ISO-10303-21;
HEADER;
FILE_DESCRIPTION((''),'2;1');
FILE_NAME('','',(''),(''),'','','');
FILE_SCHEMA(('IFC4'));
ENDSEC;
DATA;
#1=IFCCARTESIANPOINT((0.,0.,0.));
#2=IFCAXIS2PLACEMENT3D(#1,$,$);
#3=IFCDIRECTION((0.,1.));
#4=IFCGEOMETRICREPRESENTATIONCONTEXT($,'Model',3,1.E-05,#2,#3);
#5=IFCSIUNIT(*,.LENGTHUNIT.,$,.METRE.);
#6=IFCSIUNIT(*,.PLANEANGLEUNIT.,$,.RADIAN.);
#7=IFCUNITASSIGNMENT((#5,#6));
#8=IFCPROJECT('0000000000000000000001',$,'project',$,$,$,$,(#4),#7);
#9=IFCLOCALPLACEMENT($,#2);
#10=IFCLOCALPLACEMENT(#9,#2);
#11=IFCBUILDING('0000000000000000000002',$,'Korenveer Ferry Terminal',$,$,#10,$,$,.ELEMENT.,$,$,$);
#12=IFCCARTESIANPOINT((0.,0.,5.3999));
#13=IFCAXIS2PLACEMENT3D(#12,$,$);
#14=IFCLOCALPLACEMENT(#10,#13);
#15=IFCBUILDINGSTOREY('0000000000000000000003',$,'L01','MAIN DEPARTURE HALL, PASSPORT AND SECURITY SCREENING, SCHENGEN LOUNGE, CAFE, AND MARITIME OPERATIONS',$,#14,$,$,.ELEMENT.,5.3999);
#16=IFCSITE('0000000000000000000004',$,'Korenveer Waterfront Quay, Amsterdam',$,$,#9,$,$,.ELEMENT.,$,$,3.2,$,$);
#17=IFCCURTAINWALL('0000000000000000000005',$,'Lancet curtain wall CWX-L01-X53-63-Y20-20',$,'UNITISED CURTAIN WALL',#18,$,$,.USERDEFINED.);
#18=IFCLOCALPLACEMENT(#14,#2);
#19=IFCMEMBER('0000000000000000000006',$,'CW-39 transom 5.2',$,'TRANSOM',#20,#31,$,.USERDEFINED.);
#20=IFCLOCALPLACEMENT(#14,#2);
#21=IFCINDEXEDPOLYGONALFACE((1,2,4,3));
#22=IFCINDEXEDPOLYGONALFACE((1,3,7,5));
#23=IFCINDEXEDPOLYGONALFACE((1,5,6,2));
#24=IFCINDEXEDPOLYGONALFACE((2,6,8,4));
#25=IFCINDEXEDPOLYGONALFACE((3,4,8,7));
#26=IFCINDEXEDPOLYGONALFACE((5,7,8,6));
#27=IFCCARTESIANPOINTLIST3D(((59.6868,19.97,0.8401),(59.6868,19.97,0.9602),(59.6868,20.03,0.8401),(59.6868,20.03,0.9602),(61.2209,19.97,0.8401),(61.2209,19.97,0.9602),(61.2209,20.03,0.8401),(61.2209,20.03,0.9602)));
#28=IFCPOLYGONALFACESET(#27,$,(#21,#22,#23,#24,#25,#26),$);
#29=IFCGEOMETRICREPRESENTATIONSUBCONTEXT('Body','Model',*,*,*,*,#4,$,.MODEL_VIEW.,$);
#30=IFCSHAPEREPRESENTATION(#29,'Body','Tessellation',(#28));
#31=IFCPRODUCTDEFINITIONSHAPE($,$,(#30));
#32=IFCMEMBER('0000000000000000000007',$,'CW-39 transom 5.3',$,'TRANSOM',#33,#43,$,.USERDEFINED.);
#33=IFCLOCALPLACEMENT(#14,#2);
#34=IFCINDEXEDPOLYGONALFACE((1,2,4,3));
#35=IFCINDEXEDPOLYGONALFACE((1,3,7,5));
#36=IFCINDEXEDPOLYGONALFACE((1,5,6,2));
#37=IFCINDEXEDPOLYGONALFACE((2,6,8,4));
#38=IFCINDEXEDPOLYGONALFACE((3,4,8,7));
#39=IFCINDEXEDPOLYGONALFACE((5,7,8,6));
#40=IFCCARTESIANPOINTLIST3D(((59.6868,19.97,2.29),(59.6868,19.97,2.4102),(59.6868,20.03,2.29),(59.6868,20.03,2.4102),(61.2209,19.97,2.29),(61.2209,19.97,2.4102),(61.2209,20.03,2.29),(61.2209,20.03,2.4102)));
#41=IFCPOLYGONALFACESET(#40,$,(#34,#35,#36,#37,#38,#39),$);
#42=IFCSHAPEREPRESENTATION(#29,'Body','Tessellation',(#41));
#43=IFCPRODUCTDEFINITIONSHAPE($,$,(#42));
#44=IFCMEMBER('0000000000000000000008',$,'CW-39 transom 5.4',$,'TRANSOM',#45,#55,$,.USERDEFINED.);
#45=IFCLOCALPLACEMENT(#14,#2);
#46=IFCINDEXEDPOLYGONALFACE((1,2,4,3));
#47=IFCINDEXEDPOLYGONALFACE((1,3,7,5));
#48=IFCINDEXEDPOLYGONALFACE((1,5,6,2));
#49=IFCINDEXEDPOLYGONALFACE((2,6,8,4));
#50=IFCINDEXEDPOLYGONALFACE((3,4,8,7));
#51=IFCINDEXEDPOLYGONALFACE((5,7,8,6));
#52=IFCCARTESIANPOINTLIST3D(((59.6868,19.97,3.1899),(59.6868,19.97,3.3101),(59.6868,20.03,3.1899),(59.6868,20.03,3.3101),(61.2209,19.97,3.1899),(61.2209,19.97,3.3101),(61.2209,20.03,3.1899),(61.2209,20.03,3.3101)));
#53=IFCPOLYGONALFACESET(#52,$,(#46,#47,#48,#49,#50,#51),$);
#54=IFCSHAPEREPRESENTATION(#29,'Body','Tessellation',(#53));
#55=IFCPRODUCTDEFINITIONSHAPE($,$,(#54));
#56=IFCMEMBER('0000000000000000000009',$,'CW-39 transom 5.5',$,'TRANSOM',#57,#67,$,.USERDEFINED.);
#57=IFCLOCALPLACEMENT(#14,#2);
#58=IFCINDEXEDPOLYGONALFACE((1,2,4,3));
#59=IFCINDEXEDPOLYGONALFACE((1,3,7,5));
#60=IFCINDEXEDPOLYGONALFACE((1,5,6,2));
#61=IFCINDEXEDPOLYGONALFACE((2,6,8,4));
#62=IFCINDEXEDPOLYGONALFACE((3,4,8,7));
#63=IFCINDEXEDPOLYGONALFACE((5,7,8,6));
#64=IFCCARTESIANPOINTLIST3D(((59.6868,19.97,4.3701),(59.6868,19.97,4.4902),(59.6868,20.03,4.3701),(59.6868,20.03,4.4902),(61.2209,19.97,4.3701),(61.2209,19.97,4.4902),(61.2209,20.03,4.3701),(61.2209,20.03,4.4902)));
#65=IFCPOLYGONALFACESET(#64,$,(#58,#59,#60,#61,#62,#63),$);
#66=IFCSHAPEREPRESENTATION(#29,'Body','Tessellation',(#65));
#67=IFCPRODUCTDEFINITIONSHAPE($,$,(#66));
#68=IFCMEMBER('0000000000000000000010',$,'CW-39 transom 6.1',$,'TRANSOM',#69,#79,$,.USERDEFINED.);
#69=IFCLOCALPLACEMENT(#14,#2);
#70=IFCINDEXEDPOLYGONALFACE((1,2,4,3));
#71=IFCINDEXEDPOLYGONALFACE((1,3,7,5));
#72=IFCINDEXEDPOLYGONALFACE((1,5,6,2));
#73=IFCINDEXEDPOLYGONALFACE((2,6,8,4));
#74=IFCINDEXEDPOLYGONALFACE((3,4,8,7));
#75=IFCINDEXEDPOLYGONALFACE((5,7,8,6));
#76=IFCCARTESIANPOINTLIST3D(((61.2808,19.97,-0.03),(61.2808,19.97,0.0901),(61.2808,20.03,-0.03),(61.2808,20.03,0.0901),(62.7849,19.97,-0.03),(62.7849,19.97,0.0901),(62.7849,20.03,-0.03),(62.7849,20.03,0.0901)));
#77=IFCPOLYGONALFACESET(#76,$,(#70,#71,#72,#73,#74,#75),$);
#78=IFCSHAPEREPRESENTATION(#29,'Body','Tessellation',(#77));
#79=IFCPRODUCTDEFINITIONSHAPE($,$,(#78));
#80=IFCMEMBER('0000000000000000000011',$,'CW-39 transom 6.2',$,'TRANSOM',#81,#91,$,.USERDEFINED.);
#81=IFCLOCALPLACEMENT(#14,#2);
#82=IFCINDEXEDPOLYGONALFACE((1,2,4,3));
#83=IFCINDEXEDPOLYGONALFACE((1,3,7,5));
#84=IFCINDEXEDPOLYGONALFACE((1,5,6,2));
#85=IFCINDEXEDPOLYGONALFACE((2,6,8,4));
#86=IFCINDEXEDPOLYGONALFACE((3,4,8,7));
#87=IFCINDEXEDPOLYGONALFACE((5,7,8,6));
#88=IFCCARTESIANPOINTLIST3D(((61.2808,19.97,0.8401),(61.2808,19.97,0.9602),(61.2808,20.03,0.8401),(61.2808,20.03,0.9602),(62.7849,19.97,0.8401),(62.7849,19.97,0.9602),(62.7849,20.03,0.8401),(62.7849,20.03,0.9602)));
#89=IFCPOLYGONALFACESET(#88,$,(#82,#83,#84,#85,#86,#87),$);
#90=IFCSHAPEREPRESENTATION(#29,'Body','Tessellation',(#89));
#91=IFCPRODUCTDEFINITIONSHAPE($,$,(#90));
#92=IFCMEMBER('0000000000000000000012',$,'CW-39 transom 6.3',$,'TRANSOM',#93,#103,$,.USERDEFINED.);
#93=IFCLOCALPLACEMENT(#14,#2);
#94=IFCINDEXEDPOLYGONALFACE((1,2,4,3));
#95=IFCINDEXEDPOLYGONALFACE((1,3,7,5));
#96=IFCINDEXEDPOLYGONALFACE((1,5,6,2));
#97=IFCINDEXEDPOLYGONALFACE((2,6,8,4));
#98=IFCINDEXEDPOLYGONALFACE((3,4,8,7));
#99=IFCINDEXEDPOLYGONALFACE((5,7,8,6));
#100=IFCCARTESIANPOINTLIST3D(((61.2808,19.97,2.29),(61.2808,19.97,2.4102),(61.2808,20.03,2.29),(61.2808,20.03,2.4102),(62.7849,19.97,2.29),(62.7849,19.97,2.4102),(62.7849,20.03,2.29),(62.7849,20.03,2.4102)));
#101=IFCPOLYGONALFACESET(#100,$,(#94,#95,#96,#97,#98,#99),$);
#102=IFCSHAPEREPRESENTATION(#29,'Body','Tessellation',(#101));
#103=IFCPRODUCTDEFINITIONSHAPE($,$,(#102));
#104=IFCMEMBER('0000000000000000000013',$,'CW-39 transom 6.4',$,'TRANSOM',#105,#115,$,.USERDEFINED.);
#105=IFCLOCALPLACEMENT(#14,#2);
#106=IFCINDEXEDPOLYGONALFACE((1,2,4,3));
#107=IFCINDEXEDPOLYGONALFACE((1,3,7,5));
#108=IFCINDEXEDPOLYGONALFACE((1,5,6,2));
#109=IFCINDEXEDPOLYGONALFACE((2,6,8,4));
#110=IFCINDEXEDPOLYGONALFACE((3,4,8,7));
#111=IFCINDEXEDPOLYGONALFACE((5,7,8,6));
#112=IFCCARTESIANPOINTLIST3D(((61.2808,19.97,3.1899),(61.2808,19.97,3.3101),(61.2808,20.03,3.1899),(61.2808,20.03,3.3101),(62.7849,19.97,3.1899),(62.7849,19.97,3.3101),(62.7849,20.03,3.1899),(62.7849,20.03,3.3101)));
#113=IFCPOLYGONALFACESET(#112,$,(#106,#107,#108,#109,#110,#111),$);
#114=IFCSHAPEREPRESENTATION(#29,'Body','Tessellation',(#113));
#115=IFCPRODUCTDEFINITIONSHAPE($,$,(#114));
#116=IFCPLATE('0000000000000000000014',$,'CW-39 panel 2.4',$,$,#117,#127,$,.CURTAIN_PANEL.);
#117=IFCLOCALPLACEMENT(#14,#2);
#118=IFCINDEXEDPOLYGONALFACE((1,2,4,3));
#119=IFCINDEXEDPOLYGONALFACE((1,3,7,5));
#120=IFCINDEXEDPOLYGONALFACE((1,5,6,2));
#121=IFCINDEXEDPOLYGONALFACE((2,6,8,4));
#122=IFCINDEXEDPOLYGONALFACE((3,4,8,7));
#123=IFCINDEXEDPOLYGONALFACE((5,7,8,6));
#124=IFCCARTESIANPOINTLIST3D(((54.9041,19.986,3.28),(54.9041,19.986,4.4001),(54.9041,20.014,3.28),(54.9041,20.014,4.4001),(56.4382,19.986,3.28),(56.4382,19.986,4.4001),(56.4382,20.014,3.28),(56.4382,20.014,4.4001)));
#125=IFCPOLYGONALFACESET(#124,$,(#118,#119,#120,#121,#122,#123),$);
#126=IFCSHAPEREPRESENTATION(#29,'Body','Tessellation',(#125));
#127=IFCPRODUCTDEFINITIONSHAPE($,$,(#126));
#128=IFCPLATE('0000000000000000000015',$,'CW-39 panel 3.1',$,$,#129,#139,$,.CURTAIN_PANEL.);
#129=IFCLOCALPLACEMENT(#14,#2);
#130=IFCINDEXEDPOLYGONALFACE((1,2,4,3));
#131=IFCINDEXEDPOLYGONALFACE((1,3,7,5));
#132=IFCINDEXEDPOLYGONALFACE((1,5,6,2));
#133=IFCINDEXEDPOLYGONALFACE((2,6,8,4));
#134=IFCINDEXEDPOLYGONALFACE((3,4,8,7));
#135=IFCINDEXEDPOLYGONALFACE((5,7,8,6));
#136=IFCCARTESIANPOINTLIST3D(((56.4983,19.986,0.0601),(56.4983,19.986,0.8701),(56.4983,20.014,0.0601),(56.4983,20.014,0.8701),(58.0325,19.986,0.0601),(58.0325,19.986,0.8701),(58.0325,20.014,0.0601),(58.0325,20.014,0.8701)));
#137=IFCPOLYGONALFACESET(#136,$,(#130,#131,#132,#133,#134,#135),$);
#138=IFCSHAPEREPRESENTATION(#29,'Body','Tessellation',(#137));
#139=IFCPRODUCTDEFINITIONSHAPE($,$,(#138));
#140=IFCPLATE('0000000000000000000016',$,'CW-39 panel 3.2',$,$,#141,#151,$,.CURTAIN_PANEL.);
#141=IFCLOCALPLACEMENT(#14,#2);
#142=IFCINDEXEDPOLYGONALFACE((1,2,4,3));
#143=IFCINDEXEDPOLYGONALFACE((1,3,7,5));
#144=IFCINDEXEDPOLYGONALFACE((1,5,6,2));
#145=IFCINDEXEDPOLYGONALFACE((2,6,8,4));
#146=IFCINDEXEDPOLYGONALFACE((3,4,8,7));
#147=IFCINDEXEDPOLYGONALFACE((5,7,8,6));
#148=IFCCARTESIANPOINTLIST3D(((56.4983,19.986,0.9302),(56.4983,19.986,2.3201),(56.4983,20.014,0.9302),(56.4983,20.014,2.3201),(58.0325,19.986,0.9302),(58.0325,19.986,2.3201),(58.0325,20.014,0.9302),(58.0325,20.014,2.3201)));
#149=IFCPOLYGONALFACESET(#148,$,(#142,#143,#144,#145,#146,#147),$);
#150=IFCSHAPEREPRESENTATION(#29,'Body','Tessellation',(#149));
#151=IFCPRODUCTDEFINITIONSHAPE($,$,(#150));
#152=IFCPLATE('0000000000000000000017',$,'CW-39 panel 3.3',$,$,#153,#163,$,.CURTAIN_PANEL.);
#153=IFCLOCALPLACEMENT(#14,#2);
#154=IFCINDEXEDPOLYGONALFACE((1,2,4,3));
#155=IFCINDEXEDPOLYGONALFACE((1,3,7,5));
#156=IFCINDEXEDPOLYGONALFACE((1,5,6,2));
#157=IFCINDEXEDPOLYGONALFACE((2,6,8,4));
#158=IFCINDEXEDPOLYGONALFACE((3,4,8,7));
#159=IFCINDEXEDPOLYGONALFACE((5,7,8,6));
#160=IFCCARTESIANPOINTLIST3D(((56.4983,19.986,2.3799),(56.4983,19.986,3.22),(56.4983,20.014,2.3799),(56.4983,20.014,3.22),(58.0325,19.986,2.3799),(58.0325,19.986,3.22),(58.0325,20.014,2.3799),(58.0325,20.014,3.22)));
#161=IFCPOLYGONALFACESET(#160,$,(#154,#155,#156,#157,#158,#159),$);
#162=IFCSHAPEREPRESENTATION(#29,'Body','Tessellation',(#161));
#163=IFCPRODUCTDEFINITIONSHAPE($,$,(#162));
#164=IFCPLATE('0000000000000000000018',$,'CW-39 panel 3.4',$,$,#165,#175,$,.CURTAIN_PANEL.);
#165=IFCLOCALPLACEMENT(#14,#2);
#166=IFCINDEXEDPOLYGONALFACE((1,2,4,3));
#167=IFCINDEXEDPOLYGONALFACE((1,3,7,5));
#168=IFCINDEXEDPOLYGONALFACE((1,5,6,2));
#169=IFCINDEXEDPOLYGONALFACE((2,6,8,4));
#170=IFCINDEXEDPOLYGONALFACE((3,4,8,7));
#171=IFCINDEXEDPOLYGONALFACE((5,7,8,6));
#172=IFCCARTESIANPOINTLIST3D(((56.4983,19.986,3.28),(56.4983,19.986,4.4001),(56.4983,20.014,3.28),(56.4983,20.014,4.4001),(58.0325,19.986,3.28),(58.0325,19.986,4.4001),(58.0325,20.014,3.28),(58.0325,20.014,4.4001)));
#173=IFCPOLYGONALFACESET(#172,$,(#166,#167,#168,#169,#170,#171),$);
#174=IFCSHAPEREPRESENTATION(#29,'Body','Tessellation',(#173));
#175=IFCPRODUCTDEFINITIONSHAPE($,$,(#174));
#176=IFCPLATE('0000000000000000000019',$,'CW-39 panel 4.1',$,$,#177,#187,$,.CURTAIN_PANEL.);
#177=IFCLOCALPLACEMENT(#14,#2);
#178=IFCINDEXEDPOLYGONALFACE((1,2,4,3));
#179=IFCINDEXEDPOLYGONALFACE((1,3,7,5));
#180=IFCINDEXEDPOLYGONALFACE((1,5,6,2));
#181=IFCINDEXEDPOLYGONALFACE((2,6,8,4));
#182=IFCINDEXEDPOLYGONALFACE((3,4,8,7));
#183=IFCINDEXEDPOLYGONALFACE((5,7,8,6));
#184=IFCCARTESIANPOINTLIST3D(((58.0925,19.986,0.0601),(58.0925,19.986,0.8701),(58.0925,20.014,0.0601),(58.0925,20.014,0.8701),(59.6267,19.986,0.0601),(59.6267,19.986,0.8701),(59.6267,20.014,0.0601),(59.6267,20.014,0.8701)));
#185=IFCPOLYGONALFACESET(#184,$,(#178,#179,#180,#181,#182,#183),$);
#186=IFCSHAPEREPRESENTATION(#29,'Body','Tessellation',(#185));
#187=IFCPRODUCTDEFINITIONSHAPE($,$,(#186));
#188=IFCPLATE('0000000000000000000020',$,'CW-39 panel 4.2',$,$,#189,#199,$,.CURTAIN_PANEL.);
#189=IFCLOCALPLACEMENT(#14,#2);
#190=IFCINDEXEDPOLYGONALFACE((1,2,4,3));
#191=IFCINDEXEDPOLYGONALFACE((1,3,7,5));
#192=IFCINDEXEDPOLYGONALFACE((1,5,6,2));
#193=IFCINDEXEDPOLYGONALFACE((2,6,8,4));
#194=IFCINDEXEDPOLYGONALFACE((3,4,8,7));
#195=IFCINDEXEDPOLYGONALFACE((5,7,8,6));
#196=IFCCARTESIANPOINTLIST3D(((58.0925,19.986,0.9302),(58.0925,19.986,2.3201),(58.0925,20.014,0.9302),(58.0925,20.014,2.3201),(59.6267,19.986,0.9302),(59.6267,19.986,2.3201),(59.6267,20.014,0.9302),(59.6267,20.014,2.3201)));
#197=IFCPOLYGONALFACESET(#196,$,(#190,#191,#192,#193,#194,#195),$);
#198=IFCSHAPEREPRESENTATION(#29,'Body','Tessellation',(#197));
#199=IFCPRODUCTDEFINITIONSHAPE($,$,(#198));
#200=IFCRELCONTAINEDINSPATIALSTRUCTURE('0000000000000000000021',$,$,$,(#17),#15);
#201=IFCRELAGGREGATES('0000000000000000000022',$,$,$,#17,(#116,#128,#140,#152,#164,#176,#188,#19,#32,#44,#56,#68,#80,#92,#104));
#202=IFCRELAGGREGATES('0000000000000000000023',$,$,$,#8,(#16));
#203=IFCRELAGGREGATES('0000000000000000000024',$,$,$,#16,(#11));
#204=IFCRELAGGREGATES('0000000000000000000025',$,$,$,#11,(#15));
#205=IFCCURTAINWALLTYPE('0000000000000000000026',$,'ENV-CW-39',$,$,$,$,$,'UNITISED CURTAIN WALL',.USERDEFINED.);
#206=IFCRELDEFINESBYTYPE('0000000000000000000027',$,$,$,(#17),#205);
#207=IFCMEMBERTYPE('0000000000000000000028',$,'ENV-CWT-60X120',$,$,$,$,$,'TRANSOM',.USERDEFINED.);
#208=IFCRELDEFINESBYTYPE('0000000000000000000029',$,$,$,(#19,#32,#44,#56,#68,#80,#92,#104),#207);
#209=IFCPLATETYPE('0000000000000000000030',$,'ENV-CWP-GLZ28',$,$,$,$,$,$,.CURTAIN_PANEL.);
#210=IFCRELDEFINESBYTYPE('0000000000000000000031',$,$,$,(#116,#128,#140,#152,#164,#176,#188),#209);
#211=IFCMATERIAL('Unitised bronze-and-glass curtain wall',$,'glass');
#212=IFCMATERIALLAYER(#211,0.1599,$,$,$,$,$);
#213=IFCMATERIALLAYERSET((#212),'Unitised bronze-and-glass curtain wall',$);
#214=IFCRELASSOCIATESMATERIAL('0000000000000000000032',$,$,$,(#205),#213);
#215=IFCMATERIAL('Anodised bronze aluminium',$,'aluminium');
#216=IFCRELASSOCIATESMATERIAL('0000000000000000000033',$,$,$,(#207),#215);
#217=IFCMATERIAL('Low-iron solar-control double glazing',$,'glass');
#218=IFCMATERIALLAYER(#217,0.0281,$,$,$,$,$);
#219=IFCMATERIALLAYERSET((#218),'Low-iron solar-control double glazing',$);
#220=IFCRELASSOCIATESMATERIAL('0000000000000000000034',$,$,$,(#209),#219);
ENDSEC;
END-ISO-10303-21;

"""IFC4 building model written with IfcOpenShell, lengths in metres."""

from ifc_helpers import new_model, si_unit, direction, frame, origin, origin_2d, place, context, subcontext, project, spatial, rectangle, extrude, material, layer, layer_set, material_profile, profile_set, type_object, element, aggregate, save


model = new_model("IFC4")

# Units and contexts
model_context = context("Model", 3, precision=1e-05, world=origin(), true_north=direction((0.0, 1.0)))
body_context = subcontext(model_context, "Body", "Model", "MODEL_VIEW")
ifc_project = project(units=[si_unit("LENGTHUNIT", "METRE"), si_unit("PLANEANGLEUNIT", "RADIAN")], contexts=[model_context])

# Site, building, storey
site_placement = place(None, origin())
site = spatial("IfcSite", under=ifc_project, at=site_placement, Name="Korenveer Waterfront Quay, Amsterdam", CompositionType="ELEMENT", RefElevation=3.2)
building_placement = place(site_placement, origin())
building = spatial("IfcBuilding", under=site, at=building_placement, Name="Korenveer Ferry Terminal", CompositionType="ELEMENT")
storey_placement = place(building_placement, frame((0.0, 0.0, 5.3999)))
storey = spatial("IfcBuildingStorey", under=building, at=storey_placement, Name="L01", Description="MAIN DEPARTURE HALL, PASSPORT AND SECURITY SCREENING, SCHENGEN LOUNGE, CAFE, AND MARITIME OPERATIONS", CompositionType="ELEMENT", Elevation=5.3999)

# Curtain wall, members, plates
ifc_material_1 = material(Name="Unitised bronze-and-glass curtain wall", Category="glass")
ifc_layer_1 = layer(ifc_material_1, 0.1599)
ifc_layer_set_1 = layer_set([ifc_layer_1], Name="Unitised bronze-and-glass curtain wall")
curtain_wall_type = type_object("IfcCurtainWallType", Name="ENV-CW-39", ElementType="UNITISED CURTAIN WALL", PredefinedType="USERDEFINED", material=ifc_layer_set_1)
curtain_wall_placement = place(storey_placement, frame((53.28, 20.0, 0.0)))
curtain_wall = element("IfcCurtainWall", 1, at=curtain_wall_placement, inside=storey, type_object=curtain_wall_type, Name="Lancet curtain wall CWX-L01-X53-63-Y20-20", ObjectType="UNITISED CURTAIN WALL", PredefinedType="USERDEFINED")
ifc_material_2 = material(Name="Anodised bronze aluminium", Category="aluminium")
ifc_material_profile_1 = material_profile(ifc_material_2, rectangle(XDim=0.0601, YDim=0.1201, at=origin_2d()), Name="ALU 60x120")
ifc_profile_set_1 = profile_set([ifc_material_profile_1], Name="Anodised bronze aluminium")
member_type_1 = type_object("IfcMemberType", Name="ENV-CWT-60X120", ElementType="TRANSOM", PredefinedType="USERDEFINED", material=ifc_profile_set_1)
member_1_placement = place(storey_placement, frame((59.6868, 20.0, 0.9001), z_axis=(1.0, 0.0, 0.0), x_axis=(0.0, 1.0, 0.0)))
member_1 = element("IfcMember", 2, at=member_1_placement, type_object=member_type_1, Name="CW-39 transom 5.2", ObjectType="TRANSOM", PredefinedType="USERDEFINED", context=body_context, shape_type="SweptSolid", body=[
    extrude(rectangle(XDim=0.0601, YDim=0.1201, at=origin_2d()), origin(), (0.0, 0.0, 1.0), 1.5342),
])
member_2_placement = place(storey_placement, frame((59.6868, 20.0, 2.3501), z_axis=(1.0, 0.0, 0.0), x_axis=(0.0, 1.0, 0.0)))
member_2 = element("IfcMember", 3, at=member_2_placement, type_object=member_type_1, Name="CW-39 transom 5.3", ObjectType="TRANSOM", PredefinedType="USERDEFINED", context=body_context, shape_type="SweptSolid", body=[
    extrude(rectangle(XDim=0.0601, YDim=0.1201, at=origin_2d()), origin(), (0.0, 0.0, 1.0), 1.5342),
])
member_3_placement = place(storey_placement, frame((59.6868, 20.0, 3.25), z_axis=(1.0, 0.0, 0.0), x_axis=(0.0, 1.0, 0.0)))
member_3 = element("IfcMember", 4, at=member_3_placement, type_object=member_type_1, Name="CW-39 transom 5.4", ObjectType="TRANSOM", PredefinedType="USERDEFINED", context=body_context, shape_type="SweptSolid", body=[
    extrude(rectangle(XDim=0.0601, YDim=0.1201, at=origin_2d()), origin(), (0.0, 0.0, 1.0), 1.5342),
])
member_4_placement = place(storey_placement, frame((59.6868, 20.0, 4.4302), z_axis=(1.0, 0.0, 0.0), x_axis=(0.0, 1.0, 0.0)))
member_4 = element("IfcMember", 5, at=member_4_placement, type_object=member_type_1, Name="CW-39 transom 5.5", ObjectType="TRANSOM", PredefinedType="USERDEFINED", context=body_context, shape_type="SweptSolid", body=[
    extrude(rectangle(XDim=0.0601, YDim=0.1201, at=origin_2d()), origin(), (0.0, 0.0, 1.0), 1.5342),
])
member_5_placement = place(storey_placement, frame((61.2808, 20.0, 0.03), z_axis=(1.0, 0.0, 0.0), x_axis=(0.0, 1.0, 0.0)))
member_5 = element("IfcMember", 6, at=member_5_placement, type_object=member_type_1, Name="CW-39 transom 6.1", ObjectType="TRANSOM", PredefinedType="USERDEFINED", context=body_context, shape_type="SweptSolid", body=[
    extrude(rectangle(XDim=0.0601, YDim=0.1201, at=origin_2d()), origin(), (0.0, 0.0, 1.0), 1.5042),
])
member_6_placement = place(storey_placement, frame((61.2808, 20.0, 0.9001), z_axis=(1.0, 0.0, 0.0), x_axis=(0.0, 1.0, 0.0)))
member_6 = element("IfcMember", 7, at=member_6_placement, type_object=member_type_1, Name="CW-39 transom 6.2", ObjectType="TRANSOM", PredefinedType="USERDEFINED", context=body_context, shape_type="SweptSolid", body=[
    extrude(rectangle(XDim=0.0601, YDim=0.1201, at=origin_2d()), origin(), (0.0, 0.0, 1.0), 1.5042),
])
member_7_placement = place(storey_placement, frame((61.2808, 20.0, 2.3501), z_axis=(1.0, 0.0, 0.0), x_axis=(0.0, 1.0, 0.0)))
member_7 = element("IfcMember", 8, at=member_7_placement, type_object=member_type_1, Name="CW-39 transom 6.3", ObjectType="TRANSOM", PredefinedType="USERDEFINED", context=body_context, shape_type="SweptSolid", body=[
    extrude(rectangle(XDim=0.0601, YDim=0.1201, at=origin_2d()), origin(), (0.0, 0.0, 1.0), 1.5042),
])
member_8_placement = place(storey_placement, frame((61.2808, 20.0, 3.25), z_axis=(1.0, 0.0, 0.0), x_axis=(0.0, 1.0, 0.0)))
member_8 = element("IfcMember", 9, at=member_8_placement, type_object=member_type_1, Name="CW-39 transom 6.4", ObjectType="TRANSOM", PredefinedType="USERDEFINED", context=body_context, shape_type="SweptSolid", body=[
    extrude(rectangle(XDim=0.0601, YDim=0.1201, at=origin_2d()), origin(), (0.0, 0.0, 1.0), 1.5042),
])
ifc_material_3 = material(Name="Low-iron solar-control double glazing", Category="glass")
ifc_layer_2 = layer(ifc_material_3, 0.0281)
ifc_layer_set_2 = layer_set([ifc_layer_2], Name="Low-iron solar-control double glazing")
plate_type = type_object("IfcPlateType", Name="ENV-CWP-GLZ28", PredefinedType="CURTAIN_PANEL", material=ifc_layer_set_2)
plate_1_placement = place(storey_placement, frame((55.6711, 20.0, 3.28), z_axis=(0.0, 0.0, 1.0), x_axis=(1.0, 0.0, 0.0)))
plate_1 = element("IfcPlate", 10, at=plate_1_placement, type_object=plate_type, Name="CW-39 panel 2.4", PredefinedType="CURTAIN_PANEL", context=body_context, shape_type="SweptSolid", body=[
    extrude(rectangle(XDim=1.5342, YDim=0.0281, at=origin_2d()), origin(), (0.0, 0.0, 1.0), 1.1201),
])
plate_2_placement = place(storey_placement, frame((57.2654, 20.0, 0.0601), z_axis=(0.0, 0.0, 1.0), x_axis=(1.0, 0.0, 0.0)))
plate_2 = element("IfcPlate", 11, at=plate_2_placement, type_object=plate_type, Name="CW-39 panel 3.1", PredefinedType="CURTAIN_PANEL", context=body_context, shape_type="SweptSolid", body=[
    extrude(rectangle(XDim=1.5342, YDim=0.0281, at=origin_2d()), origin(), (0.0, 0.0, 1.0), 0.8101),
])
plate_3_placement = place(storey_placement, frame((57.2654, 20.0, 0.9302), z_axis=(0.0, 0.0, 1.0), x_axis=(1.0, 0.0, 0.0)))
plate_3 = element("IfcPlate", 12, at=plate_3_placement, type_object=plate_type, Name="CW-39 panel 3.2", PredefinedType="CURTAIN_PANEL", context=body_context, shape_type="SweptSolid", body=[
    extrude(rectangle(XDim=1.5342, YDim=0.0281, at=origin_2d()), origin(), (0.0, 0.0, 1.0), 1.3899),
])
plate_4_placement = place(storey_placement, frame((57.2654, 20.0, 2.3799), z_axis=(0.0, 0.0, 1.0), x_axis=(1.0, 0.0, 0.0)))
plate_4 = element("IfcPlate", 13, at=plate_4_placement, type_object=plate_type, Name="CW-39 panel 3.3", PredefinedType="CURTAIN_PANEL", context=body_context, shape_type="SweptSolid", body=[
    extrude(rectangle(XDim=1.5342, YDim=0.0281, at=origin_2d()), origin(), (0.0, 0.0, 1.0), 0.8401),
])
plate_5_placement = place(storey_placement, frame((57.2654, 20.0, 3.28), z_axis=(0.0, 0.0, 1.0), x_axis=(1.0, 0.0, 0.0)))
plate_5 = element("IfcPlate", 14, at=plate_5_placement, type_object=plate_type, Name="CW-39 panel 3.4", PredefinedType="CURTAIN_PANEL", context=body_context, shape_type="SweptSolid", body=[
    extrude(rectangle(XDim=1.5342, YDim=0.0281, at=origin_2d()), origin(), (0.0, 0.0, 1.0), 1.1201),
])
plate_6_placement = place(storey_placement, frame((58.8596, 20.0, 0.0601), z_axis=(0.0, 0.0, 1.0), x_axis=(1.0, 0.0, 0.0)))
plate_6 = element("IfcPlate", 15, at=plate_6_placement, type_object=plate_type, Name="CW-39 panel 4.1", PredefinedType="CURTAIN_PANEL", context=body_context, shape_type="SweptSolid", body=[
    extrude(rectangle(XDim=1.5342, YDim=0.0281, at=origin_2d()), origin(), (0.0, 0.0, 1.0), 0.8101),
])
plate_7_placement = place(storey_placement, frame((58.8596, 20.0, 0.9302), z_axis=(0.0, 0.0, 1.0), x_axis=(1.0, 0.0, 0.0)))
plate_7 = element("IfcPlate", 16, at=plate_7_placement, type_object=plate_type, Name="CW-39 panel 4.2", PredefinedType="CURTAIN_PANEL", context=body_context, shape_type="SweptSolid", body=[
    extrude(rectangle(XDim=1.5342, YDim=0.0281, at=origin_2d()), origin(), (0.0, 0.0, 1.0), 1.3899),
])
aggregate(curtain_wall, [plate_1, plate_2, plate_3, plate_4, plate_5, plate_6, plate_7, member_1, member_2, member_3, member_4, member_5, member_6, member_7, member_8])

save(model, "model.ifc")
